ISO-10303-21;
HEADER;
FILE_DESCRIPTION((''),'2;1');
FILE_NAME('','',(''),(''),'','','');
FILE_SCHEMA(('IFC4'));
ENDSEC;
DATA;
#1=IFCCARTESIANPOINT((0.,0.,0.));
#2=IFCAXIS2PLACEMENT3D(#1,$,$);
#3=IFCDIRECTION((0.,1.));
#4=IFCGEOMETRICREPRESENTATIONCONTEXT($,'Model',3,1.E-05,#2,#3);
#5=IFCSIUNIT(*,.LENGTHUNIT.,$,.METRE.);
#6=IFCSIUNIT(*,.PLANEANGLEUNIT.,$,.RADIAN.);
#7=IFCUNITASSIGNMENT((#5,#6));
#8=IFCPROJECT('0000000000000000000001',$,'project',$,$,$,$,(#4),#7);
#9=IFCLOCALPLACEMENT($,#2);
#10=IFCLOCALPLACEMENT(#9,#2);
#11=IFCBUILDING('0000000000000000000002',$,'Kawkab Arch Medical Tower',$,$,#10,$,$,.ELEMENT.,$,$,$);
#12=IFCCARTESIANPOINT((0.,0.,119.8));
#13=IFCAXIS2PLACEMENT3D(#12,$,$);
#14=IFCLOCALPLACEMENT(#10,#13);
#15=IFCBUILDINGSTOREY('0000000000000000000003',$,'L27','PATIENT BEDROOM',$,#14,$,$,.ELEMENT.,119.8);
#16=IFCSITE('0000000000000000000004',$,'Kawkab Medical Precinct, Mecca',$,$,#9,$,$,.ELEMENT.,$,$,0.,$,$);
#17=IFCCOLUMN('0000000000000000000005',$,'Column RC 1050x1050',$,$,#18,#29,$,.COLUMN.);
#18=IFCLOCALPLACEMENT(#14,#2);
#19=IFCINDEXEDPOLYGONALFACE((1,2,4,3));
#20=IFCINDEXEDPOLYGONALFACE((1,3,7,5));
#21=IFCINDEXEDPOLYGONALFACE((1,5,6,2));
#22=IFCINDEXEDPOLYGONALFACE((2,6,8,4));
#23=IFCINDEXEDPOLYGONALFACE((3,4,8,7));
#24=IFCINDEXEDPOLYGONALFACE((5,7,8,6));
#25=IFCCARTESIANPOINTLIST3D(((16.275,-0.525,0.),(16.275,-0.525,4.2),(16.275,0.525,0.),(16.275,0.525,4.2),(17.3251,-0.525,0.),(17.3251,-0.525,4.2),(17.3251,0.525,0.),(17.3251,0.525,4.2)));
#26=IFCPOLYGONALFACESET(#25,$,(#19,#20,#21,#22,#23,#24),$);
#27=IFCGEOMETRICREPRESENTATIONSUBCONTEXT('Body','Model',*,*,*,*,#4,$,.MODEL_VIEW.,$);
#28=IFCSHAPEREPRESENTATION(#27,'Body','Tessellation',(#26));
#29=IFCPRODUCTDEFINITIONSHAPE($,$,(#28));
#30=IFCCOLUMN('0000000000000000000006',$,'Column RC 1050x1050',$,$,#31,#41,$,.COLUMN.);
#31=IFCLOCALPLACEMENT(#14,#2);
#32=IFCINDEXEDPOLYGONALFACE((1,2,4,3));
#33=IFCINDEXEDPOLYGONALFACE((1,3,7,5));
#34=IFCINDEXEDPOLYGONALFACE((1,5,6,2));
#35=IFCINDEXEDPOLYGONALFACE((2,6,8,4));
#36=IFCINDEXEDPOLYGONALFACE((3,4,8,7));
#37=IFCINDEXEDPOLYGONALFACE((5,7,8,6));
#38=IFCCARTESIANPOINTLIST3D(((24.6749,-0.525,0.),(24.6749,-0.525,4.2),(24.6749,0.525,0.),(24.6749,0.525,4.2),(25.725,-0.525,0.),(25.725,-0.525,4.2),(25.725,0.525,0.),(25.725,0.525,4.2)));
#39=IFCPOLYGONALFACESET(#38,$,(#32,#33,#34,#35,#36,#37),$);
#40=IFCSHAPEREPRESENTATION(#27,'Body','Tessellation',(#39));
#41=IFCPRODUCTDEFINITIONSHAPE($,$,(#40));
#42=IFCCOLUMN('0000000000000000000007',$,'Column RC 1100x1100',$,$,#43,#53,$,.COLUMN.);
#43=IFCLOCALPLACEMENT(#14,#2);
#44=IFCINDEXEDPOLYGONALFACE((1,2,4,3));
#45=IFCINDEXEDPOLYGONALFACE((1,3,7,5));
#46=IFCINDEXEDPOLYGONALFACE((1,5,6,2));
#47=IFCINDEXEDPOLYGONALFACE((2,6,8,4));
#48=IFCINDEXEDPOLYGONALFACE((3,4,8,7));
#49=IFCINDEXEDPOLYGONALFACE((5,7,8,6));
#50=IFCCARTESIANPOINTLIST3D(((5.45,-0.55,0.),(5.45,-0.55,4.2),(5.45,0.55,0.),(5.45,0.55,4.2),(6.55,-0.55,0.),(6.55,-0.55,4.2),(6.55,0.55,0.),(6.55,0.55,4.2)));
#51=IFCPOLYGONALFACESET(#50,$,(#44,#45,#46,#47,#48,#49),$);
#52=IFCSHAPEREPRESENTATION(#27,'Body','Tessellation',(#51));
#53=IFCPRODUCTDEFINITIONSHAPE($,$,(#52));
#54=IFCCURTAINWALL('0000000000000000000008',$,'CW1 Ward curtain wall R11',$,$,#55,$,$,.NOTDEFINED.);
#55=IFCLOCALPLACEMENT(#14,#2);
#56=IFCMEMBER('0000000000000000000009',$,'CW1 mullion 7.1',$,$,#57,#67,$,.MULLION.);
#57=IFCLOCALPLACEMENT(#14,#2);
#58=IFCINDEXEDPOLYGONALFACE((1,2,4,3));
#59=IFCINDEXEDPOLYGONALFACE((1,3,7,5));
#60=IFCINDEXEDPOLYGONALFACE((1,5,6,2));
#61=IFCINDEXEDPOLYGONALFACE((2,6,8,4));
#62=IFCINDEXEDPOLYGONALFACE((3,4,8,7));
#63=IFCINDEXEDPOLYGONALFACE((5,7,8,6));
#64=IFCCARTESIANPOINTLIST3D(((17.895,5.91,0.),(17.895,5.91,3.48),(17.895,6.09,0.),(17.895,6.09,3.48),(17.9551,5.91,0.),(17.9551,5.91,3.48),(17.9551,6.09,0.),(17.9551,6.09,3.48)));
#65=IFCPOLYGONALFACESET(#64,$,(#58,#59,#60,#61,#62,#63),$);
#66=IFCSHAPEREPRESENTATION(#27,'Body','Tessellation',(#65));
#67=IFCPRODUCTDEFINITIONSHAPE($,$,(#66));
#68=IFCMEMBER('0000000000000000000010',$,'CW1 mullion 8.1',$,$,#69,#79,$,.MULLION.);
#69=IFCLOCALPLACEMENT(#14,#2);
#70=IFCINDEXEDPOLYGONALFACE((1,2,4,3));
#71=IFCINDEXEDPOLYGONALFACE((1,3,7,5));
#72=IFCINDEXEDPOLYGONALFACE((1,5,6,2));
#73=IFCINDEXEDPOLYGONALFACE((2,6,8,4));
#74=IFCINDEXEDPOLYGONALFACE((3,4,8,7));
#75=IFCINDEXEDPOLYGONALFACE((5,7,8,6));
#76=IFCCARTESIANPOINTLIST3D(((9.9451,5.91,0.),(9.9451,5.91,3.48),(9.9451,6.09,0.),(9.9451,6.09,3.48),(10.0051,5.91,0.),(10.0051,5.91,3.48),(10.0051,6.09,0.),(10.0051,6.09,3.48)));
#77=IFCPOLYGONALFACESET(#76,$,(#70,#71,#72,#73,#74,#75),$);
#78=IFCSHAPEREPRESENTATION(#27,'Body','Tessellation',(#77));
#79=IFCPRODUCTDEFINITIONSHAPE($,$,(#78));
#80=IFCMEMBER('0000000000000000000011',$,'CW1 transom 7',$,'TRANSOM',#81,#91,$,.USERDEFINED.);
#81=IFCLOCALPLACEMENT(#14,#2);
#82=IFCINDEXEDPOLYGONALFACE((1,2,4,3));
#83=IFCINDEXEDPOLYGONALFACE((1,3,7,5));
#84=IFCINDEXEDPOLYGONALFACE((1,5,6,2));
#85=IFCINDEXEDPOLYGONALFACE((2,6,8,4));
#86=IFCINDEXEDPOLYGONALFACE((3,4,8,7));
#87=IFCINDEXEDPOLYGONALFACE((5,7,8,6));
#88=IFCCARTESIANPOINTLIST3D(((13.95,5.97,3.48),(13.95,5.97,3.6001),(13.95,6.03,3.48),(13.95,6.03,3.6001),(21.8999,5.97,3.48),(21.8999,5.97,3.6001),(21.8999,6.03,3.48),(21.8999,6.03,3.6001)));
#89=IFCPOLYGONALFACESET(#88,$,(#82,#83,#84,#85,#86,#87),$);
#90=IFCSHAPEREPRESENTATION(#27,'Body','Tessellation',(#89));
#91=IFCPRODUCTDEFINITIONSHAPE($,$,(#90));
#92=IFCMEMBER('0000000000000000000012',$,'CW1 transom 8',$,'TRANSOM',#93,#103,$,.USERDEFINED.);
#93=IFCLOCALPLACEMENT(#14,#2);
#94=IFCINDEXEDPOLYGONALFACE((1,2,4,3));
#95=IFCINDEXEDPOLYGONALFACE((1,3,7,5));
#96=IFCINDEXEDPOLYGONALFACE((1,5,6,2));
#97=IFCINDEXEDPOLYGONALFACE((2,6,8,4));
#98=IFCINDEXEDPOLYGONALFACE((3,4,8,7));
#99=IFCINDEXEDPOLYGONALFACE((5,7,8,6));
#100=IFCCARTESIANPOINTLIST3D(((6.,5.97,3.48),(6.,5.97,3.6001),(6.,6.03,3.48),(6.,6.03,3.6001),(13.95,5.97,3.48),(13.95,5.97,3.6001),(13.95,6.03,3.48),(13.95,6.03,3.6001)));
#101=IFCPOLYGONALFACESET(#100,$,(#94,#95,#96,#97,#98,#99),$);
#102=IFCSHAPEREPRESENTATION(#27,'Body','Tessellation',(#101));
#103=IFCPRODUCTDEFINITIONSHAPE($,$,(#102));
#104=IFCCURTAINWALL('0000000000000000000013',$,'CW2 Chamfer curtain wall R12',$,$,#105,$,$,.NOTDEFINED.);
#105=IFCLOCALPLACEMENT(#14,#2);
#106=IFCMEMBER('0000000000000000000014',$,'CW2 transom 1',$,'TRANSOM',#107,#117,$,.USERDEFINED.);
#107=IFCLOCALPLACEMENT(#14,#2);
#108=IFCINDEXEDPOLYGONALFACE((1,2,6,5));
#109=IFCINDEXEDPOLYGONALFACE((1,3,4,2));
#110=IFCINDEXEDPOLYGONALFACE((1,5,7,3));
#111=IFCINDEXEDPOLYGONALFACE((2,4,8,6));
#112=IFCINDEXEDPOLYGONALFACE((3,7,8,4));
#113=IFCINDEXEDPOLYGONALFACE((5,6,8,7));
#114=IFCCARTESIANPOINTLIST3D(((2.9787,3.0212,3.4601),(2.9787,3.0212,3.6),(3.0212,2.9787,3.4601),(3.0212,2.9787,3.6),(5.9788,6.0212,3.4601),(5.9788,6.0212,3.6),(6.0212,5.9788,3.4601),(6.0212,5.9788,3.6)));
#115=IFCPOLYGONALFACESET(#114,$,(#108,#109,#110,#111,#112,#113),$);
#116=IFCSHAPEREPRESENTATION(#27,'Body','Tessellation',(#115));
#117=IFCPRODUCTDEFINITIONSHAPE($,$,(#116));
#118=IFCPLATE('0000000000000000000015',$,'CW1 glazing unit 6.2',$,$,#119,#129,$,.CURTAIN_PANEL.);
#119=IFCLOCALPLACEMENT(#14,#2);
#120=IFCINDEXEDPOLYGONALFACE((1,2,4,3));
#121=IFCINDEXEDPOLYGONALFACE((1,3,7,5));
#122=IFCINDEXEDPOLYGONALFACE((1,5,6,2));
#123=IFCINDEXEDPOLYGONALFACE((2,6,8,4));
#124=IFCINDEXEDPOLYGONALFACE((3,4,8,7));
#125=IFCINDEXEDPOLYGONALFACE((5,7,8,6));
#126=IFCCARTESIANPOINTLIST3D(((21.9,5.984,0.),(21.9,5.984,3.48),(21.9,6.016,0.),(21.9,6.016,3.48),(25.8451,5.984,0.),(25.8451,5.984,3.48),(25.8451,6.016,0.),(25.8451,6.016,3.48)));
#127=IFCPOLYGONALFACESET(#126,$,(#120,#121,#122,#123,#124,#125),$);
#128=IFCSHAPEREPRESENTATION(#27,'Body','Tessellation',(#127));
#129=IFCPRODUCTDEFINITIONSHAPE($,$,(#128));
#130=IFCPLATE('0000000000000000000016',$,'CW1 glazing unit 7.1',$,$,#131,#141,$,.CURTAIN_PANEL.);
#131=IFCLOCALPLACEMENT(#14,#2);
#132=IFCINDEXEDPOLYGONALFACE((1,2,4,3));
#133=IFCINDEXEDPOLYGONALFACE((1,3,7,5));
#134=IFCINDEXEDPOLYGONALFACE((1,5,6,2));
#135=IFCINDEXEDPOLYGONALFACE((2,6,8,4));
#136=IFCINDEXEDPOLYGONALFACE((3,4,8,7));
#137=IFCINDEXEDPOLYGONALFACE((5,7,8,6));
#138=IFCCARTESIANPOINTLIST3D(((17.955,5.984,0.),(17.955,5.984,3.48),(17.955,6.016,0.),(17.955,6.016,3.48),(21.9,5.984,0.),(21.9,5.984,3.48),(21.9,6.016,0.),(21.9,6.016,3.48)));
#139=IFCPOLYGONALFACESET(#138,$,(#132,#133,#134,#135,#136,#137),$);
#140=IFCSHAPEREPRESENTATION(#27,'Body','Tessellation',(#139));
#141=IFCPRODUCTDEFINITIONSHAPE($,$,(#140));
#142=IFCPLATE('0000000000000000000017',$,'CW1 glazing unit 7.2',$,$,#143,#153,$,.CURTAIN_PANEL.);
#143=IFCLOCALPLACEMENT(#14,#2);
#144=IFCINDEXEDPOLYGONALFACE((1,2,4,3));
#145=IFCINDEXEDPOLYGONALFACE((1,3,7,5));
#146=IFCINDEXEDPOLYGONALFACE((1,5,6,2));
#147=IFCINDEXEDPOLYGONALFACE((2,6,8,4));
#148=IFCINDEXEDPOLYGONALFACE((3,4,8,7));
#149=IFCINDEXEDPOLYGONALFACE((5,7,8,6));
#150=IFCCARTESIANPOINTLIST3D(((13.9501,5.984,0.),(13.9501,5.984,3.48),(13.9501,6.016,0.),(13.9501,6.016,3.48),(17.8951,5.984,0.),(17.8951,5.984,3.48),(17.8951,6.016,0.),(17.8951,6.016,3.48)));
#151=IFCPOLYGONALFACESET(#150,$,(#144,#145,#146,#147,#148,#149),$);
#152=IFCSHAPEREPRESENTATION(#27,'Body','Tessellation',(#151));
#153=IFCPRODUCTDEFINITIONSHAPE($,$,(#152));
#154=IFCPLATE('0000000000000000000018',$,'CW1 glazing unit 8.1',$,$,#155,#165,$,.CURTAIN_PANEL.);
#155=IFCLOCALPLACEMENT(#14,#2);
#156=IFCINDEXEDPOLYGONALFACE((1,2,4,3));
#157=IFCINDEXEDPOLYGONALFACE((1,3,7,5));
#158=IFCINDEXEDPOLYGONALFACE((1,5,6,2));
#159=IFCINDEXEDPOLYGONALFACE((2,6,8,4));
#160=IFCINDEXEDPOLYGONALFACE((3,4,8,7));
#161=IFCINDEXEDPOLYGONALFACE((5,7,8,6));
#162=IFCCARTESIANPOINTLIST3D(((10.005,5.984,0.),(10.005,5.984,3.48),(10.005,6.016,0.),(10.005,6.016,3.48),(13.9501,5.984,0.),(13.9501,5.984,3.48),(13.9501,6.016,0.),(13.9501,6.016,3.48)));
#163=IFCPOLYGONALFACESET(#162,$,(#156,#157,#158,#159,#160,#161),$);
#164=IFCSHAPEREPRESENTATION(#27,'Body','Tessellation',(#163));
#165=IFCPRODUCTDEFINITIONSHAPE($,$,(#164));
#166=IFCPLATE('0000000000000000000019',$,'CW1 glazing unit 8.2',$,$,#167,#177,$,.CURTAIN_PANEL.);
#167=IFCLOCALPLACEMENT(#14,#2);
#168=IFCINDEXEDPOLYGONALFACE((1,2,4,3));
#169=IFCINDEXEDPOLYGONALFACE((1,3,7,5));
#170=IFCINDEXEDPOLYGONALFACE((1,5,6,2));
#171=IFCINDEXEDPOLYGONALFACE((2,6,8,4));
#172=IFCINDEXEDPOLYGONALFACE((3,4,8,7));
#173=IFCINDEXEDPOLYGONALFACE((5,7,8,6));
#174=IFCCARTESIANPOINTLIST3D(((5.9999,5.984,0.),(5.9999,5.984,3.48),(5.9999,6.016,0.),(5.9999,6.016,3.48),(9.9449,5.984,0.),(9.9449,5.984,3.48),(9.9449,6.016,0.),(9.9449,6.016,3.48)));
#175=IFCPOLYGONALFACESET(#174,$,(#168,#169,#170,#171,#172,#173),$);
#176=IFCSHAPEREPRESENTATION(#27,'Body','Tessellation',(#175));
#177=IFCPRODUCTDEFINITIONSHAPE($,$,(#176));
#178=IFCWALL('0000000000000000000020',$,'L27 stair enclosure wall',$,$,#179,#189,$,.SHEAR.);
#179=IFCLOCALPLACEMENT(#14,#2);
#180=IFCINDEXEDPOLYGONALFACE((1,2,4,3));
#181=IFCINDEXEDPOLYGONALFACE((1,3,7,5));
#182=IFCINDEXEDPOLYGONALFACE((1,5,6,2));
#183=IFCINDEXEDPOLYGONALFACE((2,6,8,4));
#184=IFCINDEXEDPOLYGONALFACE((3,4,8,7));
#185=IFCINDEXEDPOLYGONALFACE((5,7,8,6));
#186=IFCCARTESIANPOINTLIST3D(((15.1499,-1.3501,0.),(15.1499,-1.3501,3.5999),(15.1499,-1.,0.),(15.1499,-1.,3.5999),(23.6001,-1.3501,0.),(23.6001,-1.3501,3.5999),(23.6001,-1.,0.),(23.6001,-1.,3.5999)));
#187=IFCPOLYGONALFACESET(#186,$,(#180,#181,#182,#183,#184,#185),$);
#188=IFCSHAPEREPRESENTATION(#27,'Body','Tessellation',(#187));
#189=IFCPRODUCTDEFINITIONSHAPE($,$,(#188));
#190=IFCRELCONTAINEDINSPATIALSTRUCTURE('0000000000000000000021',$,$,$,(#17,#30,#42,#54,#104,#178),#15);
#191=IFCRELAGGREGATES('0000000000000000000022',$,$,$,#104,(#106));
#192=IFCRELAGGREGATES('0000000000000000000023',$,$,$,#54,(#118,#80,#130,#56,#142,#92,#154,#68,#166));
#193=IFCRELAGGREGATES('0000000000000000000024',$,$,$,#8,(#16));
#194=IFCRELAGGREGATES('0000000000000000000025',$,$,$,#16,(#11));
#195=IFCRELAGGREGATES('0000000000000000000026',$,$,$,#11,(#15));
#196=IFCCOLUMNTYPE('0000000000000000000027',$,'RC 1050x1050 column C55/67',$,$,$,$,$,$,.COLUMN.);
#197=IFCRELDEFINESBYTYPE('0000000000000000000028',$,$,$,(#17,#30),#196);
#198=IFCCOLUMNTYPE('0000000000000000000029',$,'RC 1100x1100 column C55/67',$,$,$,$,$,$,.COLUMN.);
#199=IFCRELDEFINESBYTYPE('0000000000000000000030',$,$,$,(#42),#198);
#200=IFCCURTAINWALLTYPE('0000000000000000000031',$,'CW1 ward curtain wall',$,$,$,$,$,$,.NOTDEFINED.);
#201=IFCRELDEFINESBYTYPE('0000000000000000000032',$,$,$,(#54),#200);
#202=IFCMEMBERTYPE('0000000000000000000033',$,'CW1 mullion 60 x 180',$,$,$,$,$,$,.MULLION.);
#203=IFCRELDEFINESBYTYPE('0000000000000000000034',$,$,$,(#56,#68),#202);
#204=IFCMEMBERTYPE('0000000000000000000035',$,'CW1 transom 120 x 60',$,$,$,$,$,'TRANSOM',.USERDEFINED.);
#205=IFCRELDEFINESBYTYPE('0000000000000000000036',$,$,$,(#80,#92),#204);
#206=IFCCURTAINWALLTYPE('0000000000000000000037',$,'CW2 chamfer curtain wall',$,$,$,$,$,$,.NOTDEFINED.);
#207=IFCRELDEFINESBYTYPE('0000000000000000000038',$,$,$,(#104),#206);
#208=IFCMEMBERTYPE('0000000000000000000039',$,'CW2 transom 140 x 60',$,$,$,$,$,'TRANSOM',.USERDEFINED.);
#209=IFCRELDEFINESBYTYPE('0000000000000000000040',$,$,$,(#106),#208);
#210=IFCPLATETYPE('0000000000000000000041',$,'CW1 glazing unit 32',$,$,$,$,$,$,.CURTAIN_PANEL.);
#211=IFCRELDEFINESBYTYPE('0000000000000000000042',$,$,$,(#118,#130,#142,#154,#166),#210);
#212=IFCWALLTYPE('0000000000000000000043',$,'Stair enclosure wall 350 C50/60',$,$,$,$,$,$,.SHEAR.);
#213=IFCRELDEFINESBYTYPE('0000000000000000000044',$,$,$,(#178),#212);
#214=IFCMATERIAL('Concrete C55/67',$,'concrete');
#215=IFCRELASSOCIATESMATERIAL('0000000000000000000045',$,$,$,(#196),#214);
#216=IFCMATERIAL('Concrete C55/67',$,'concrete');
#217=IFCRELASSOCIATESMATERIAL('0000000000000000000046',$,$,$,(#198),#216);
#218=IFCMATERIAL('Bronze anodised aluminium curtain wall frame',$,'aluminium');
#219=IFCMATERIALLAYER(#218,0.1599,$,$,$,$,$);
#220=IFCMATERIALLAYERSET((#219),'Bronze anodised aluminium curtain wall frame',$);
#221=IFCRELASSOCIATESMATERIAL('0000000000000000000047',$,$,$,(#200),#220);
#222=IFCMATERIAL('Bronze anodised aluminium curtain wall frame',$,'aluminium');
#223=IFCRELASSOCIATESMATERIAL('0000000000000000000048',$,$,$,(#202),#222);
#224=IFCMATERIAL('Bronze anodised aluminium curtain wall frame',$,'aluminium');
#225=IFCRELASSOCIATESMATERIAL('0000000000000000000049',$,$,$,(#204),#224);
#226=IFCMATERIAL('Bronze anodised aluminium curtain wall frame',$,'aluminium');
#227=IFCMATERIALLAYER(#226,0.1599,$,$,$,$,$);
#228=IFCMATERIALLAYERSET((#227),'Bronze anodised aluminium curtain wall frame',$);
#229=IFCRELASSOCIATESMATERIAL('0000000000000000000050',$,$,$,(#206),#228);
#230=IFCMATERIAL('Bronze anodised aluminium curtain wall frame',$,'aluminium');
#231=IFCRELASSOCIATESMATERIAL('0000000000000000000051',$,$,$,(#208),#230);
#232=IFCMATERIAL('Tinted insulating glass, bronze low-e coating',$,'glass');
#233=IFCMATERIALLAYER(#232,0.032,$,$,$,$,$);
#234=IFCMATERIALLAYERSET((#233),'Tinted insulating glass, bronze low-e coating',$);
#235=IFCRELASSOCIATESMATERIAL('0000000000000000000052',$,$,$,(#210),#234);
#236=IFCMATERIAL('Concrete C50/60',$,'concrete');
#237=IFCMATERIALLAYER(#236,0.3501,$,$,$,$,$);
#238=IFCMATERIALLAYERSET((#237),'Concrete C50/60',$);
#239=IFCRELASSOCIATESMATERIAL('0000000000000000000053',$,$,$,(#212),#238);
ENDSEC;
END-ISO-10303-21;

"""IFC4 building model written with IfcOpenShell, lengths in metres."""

from ifc_helpers import new_model, si_unit, direction, frame, frame_2d, origin, origin_2d, place, context, subcontext, project, spatial, rectangle, extrude, material, layer, layer_set, material_profile, profile_set, type_object, element, aggregate, save


model = new_model("IFC4")

# Units and contexts
model_context = context("Model", 3, precision=1e-05, world=origin(), true_north=direction((0.0, 1.0)))
body_context = subcontext(model_context, "Body", "Model", "MODEL_VIEW")
ifc_project = project(units=[si_unit("LENGTHUNIT", "METRE"), si_unit("PLANEANGLEUNIT", "RADIAN")], contexts=[model_context])

# Site, building, storey
site_placement = place(None, origin())
site = spatial("IfcSite", under=ifc_project, at=site_placement, Name="Kawkab Medical Precinct, Mecca", CompositionType="ELEMENT", RefElevation=0.0)
building_placement = place(site_placement, origin())
building = spatial("IfcBuilding", under=site, at=building_placement, Name="Kawkab Arch Medical Tower", CompositionType="ELEMENT")
storey_placement = place(building_placement, frame((0.0, 0.0, 119.8)))
storey = spatial("IfcBuildingStorey", under=building, at=storey_placement, Name="L27", Description="PATIENT BEDROOM", CompositionType="ELEMENT", Elevation=119.8)

# Columns
ifc_material_1 = material(Name="Concrete C55/67", Category="concrete")
ifc_material_profile_1 = material_profile(ifc_material_1, rectangle(XDim=1.05, YDim=1.05, at=origin_2d()), Name="RC 1050x1050")
ifc_profile_set_1 = profile_set([ifc_material_profile_1], Name="Concrete C55/67")
column_type_1 = type_object("IfcColumnType", Name="RC 1050x1050 column C55/67", PredefinedType="COLUMN", material=ifc_profile_set_1)
for number, where, z_axis, x_axis, name in (
    (1, (16.8, 0.0, 0.0), (0.0, 0.0, 1.0), (1.0, 0.0, 0.0), "Column RC 1050x1050"),
    (2, (25.2, 0.0, 0.0), (0.0, 0.0, 1.0), (1.0, 0.0, 0.0), "Column RC 1050x1050"),
):
    element("IfcColumn", number, at=place(storey_placement, frame(where, z_axis=z_axis, x_axis=x_axis)), inside=storey, type_object=column_type_1, Name=name, PredefinedType="COLUMN", context=body_context, shape_type="SweptSolid", body=[
        extrude(rectangle(XDim=1.05, YDim=1.05, at=origin_2d()), origin(), (0.0, 0.0, 1.0), 4.2),
    ])
ifc_material_2 = material(Name="Concrete C55/67", Category="concrete")
ifc_material_profile_2 = material_profile(ifc_material_2, rectangle(XDim=1.1001, YDim=1.1001, at=origin_2d()), Name="RC 1100x1100")
ifc_profile_set_2 = profile_set([ifc_material_profile_2], Name="Concrete C55/67")
column_type_2 = type_object("IfcColumnType", Name="RC 1100x1100 column C55/67", PredefinedType="COLUMN", material=ifc_profile_set_2)
column_placement = place(storey_placement, frame((6.0, 0.0, 0.0), z_axis=(0.0, 0.0, 1.0), x_axis=(1.0, 0.0, 0.0)))
element("IfcColumn", 3, at=column_placement, inside=storey, type_object=column_type_2, Name="Column RC 1100x1100", PredefinedType="COLUMN", context=body_context, shape_type="SweptSolid", body=[
    extrude(rectangle(XDim=1.1001, YDim=1.1001, at=origin_2d()), origin(), (0.0, 0.0, 1.0), 4.2),
])

# Curtain wall, members
ifc_material_3 = material(Name="Bronze anodised aluminium curtain wall frame", Category="aluminium")
ifc_layer_1 = layer(ifc_material_3, 0.1599)
ifc_layer_set_1 = layer_set([ifc_layer_1], Name="Bronze anodised aluminium curtain wall frame")
curtain_wall_type_1 = type_object("IfcCurtainWallType", Name="CW1 ward curtain wall", PredefinedType="NOTDEFINED", material=ifc_layer_set_1)
placement = place(storey_placement, origin())
curtain_wall_1 = element("IfcCurtainWall", 4, at=placement, inside=storey, type_object=curtain_wall_type_1, Name="CW1 Ward curtain wall R11", PredefinedType="NOTDEFINED")
ifc_material_4 = material(Name="Bronze anodised aluminium curtain wall frame", Category="aluminium")
ifc_material_profile_3 = material_profile(ifc_material_4, rectangle(XDim=0.1799, YDim=0.0601, at=origin_2d()), Name="AL 60x180")
ifc_profile_set_3 = profile_set([ifc_material_profile_3], Name="Bronze anodised aluminium curtain wall frame")
member_type_1 = type_object("IfcMemberType", Name="CW1 mullion 60 x 180", PredefinedType="MULLION", material=ifc_profile_set_3)
member_1_placement = place(storey_placement, frame((17.925, 6.0, 0.0), z_axis=(0.0, 0.0, 1.0), x_axis=(0.0, -1.0, 0.0)))
member_1 = element("IfcMember", 5, at=member_1_placement, type_object=member_type_1, Name="CW1 mullion 7.1", PredefinedType="MULLION", context=body_context, shape_type="SweptSolid", body=[
    extrude(rectangle(XDim=0.1799, YDim=0.0601, at=origin_2d()), origin(), (0.0, 0.0, 1.0), 3.48),
])
member_2_placement = place(storey_placement, frame((9.9751, 6.0, 0.0), z_axis=(0.0, 0.0, 1.0), x_axis=(0.0, -1.0, 0.0)))
member_2 = element("IfcMember", 6, at=member_2_placement, type_object=member_type_1, Name="CW1 mullion 8.1", PredefinedType="MULLION", context=body_context, shape_type="SweptSolid", body=[
    extrude(rectangle(XDim=0.1799, YDim=0.0601, at=origin_2d()), origin(), (0.0, 0.0, 1.0), 3.48),
])
ifc_material_5 = material(Name="Bronze anodised aluminium curtain wall frame", Category="aluminium")
ifc_material_profile_4 = material_profile(ifc_material_5, rectangle(XDim=0.0601, YDim=0.1201, at=origin_2d()), Name="AL 60x120")
ifc_profile_set_4 = profile_set([ifc_material_profile_4], Name="Bronze anodised aluminium curtain wall frame")
member_type_2 = type_object("IfcMemberType", Name="CW1 transom 120 x 60", ElementType="TRANSOM", PredefinedType="USERDEFINED", material=ifc_profile_set_4)
member_3_placement = place(storey_placement, frame((21.8999, 6.0, 3.54), z_axis=(-1.0, 0.0, 0.0), x_axis=(0.0, -1.0, 0.0)))
member_3 = element("IfcMember", 7, at=member_3_placement, type_object=member_type_2, Name="CW1 transom 7", ObjectType="TRANSOM", PredefinedType="USERDEFINED", context=body_context, shape_type="SweptSolid", body=[
    extrude(rectangle(XDim=0.0601, YDim=0.1201, at=origin_2d()), origin(), (0.0, 0.0, 1.0), 7.95),
])
member_4_placement = place(storey_placement, frame((13.95, 6.0, 3.54), z_axis=(-1.0, 0.0, 0.0), x_axis=(0.0, -1.0, 0.0)))
member_4 = element("IfcMember", 8, at=member_4_placement, type_object=member_type_2, Name="CW1 transom 8", ObjectType="TRANSOM", PredefinedType="USERDEFINED", context=body_context, shape_type="SweptSolid", body=[
    extrude(rectangle(XDim=0.0601, YDim=0.1201, at=origin_2d()), origin(), (0.0, 0.0, 1.0), 7.95),
])

# Curtain wall, member
ifc_material_6 = material(Name="Bronze anodised aluminium curtain wall frame", Category="aluminium")
ifc_layer_2 = layer(ifc_material_6, 0.1599)
ifc_layer_set_2 = layer_set([ifc_layer_2], Name="Bronze anodised aluminium curtain wall frame")
curtain_wall_type_2 = type_object("IfcCurtainWallType", Name="CW2 chamfer curtain wall", PredefinedType="NOTDEFINED", material=ifc_layer_set_2)
curtain_wall_2 = element("IfcCurtainWall", 9, at=placement, inside=storey, type_object=curtain_wall_type_2, Name="CW2 Chamfer curtain wall R12", PredefinedType="NOTDEFINED")
ifc_material_7 = material(Name="Bronze anodised aluminium curtain wall frame", Category="aluminium")
ifc_material_profile_5 = material_profile(ifc_material_7, rectangle(XDim=0.0601, YDim=0.1399, at=origin_2d()), Name="AL 60x140")
ifc_profile_set_5 = profile_set([ifc_material_profile_5], Name="Bronze anodised aluminium curtain wall frame")
member_type_3 = type_object("IfcMemberType", Name="CW2 transom 140 x 60", ElementType="TRANSOM", PredefinedType="USERDEFINED", material=ifc_profile_set_5)
member_5_placement = place(storey_placement, frame((6.0, 6.0, 3.53), z_axis=(-0.707107, -0.707107, 0.0), x_axis=(0.707107, -0.707107, 0.0)))
member_5 = element("IfcMember", 10, at=member_5_placement, type_object=member_type_3, Name="CW2 transom 1", ObjectType="TRANSOM", PredefinedType="USERDEFINED", context=body_context, shape_type="SweptSolid", body=[
    extrude(rectangle(XDim=0.0601, YDim=0.1399, at=origin_2d()), origin(), (0.0, 0.0, 1.0), 4.2427),
])
aggregate(curtain_wall_2, [member_5])

# Plates
ifc_material_8 = material(Name="Tinted insulating glass, bronze low-e coating", Category="glass")
ifc_layer_3 = layer(ifc_material_8, 0.032)
ifc_layer_set_3 = layer_set([ifc_layer_3], Name="Tinted insulating glass, bronze low-e coating")
plate_type = type_object("IfcPlateType", Name="CW1 glazing unit 32", PredefinedType="CURTAIN_PANEL", material=ifc_layer_set_3)
plate_1_placement = place(storey_placement, frame((23.8726, 6.0, 0.0), z_axis=(0.0, 0.0, 1.0), x_axis=(-1.0, 0.0, 0.0)))
plate_1 = element("IfcPlate", 11, at=plate_1_placement, type_object=plate_type, Name="CW1 glazing unit 6.2", PredefinedType="CURTAIN_PANEL", context=body_context, shape_type="SweptSolid", body=[
    extrude(rectangle(XDim=3.9451, YDim=0.032, at=origin_2d()), origin(), (0.0, 0.0, 1.0), 3.48),
])
plate_2_placement = place(storey_placement, frame((19.9275, 6.0, 0.0), z_axis=(0.0, 0.0, 1.0), x_axis=(-1.0, 0.0, 0.0)))
plate_2 = element("IfcPlate", 12, at=plate_2_placement, type_object=plate_type, Name="CW1 glazing unit 7.1", PredefinedType="CURTAIN_PANEL", context=body_context, shape_type="SweptSolid", body=[
    extrude(rectangle(XDim=3.9451, YDim=0.032, at=origin_2d()), origin(), (0.0, 0.0, 1.0), 3.48),
])
plate_3_placement = place(storey_placement, frame((15.9226, 6.0, 0.0), z_axis=(0.0, 0.0, 1.0), x_axis=(-1.0, 0.0, 0.0)))
plate_3 = element("IfcPlate", 13, at=plate_3_placement, type_object=plate_type, Name="CW1 glazing unit 7.2", PredefinedType="CURTAIN_PANEL", context=body_context, shape_type="SweptSolid", body=[
    extrude(rectangle(XDim=3.9451, YDim=0.032, at=origin_2d()), origin(), (0.0, 0.0, 1.0), 3.48),
])
plate_4_placement = place(storey_placement, frame((11.9775, 6.0, 0.0), z_axis=(0.0, 0.0, 1.0), x_axis=(-1.0, 0.0, 0.0)))
plate_4 = element("IfcPlate", 14, at=plate_4_placement, type_object=plate_type, Name="CW1 glazing unit 8.1", PredefinedType="CURTAIN_PANEL", context=body_context, shape_type="SweptSolid", body=[
    extrude(rectangle(XDim=3.9451, YDim=0.032, at=origin_2d()), origin(), (0.0, 0.0, 1.0), 3.48),
])
plate_5_placement = place(storey_placement, frame((7.9724, 6.0, 0.0), z_axis=(0.0, 0.0, 1.0), x_axis=(-1.0, 0.0, 0.0)))
plate_5 = element("IfcPlate", 15, at=plate_5_placement, type_object=plate_type, Name="CW1 glazing unit 8.2", PredefinedType="CURTAIN_PANEL", context=body_context, shape_type="SweptSolid", body=[
    extrude(rectangle(XDim=3.9451, YDim=0.032, at=origin_2d()), origin(), (0.0, 0.0, 1.0), 3.48),
])
aggregate(curtain_wall_1, [plate_1, member_3, plate_2, member_1, plate_3, member_4, plate_4, member_2, plate_5])

# Wall
ifc_material_9 = material(Name="Concrete C50/60", Category="concrete")
ifc_layer_4 = layer(ifc_material_9, 0.3501)
ifc_layer_set_4 = layer_set([ifc_layer_4], Name="Concrete C50/60")
wall_type = type_object("IfcWallType", Name="Stair enclosure wall 350 C50/60", PredefinedType="SHEAR", material=ifc_layer_set_4)
wall_placement = place(storey_placement, frame((15.1499, -1.175, 0.0), z_axis=(0.0, 0.0, 1.0), x_axis=(1.0, 0.0, 0.0)))
element("IfcWall", 16, at=wall_placement, inside=storey, type_object=wall_type, Name="L27 stair enclosure wall", PredefinedType="SHEAR", context=body_context, shape_type="SweptSolid", body=[
    extrude(rectangle(XDim=8.4502, YDim=0.3501, at=frame_2d((4.2251, 0.0))), origin(), (0.0, 0.0, 1.0), 3.5999),
])

save(model, "model.ifc")
